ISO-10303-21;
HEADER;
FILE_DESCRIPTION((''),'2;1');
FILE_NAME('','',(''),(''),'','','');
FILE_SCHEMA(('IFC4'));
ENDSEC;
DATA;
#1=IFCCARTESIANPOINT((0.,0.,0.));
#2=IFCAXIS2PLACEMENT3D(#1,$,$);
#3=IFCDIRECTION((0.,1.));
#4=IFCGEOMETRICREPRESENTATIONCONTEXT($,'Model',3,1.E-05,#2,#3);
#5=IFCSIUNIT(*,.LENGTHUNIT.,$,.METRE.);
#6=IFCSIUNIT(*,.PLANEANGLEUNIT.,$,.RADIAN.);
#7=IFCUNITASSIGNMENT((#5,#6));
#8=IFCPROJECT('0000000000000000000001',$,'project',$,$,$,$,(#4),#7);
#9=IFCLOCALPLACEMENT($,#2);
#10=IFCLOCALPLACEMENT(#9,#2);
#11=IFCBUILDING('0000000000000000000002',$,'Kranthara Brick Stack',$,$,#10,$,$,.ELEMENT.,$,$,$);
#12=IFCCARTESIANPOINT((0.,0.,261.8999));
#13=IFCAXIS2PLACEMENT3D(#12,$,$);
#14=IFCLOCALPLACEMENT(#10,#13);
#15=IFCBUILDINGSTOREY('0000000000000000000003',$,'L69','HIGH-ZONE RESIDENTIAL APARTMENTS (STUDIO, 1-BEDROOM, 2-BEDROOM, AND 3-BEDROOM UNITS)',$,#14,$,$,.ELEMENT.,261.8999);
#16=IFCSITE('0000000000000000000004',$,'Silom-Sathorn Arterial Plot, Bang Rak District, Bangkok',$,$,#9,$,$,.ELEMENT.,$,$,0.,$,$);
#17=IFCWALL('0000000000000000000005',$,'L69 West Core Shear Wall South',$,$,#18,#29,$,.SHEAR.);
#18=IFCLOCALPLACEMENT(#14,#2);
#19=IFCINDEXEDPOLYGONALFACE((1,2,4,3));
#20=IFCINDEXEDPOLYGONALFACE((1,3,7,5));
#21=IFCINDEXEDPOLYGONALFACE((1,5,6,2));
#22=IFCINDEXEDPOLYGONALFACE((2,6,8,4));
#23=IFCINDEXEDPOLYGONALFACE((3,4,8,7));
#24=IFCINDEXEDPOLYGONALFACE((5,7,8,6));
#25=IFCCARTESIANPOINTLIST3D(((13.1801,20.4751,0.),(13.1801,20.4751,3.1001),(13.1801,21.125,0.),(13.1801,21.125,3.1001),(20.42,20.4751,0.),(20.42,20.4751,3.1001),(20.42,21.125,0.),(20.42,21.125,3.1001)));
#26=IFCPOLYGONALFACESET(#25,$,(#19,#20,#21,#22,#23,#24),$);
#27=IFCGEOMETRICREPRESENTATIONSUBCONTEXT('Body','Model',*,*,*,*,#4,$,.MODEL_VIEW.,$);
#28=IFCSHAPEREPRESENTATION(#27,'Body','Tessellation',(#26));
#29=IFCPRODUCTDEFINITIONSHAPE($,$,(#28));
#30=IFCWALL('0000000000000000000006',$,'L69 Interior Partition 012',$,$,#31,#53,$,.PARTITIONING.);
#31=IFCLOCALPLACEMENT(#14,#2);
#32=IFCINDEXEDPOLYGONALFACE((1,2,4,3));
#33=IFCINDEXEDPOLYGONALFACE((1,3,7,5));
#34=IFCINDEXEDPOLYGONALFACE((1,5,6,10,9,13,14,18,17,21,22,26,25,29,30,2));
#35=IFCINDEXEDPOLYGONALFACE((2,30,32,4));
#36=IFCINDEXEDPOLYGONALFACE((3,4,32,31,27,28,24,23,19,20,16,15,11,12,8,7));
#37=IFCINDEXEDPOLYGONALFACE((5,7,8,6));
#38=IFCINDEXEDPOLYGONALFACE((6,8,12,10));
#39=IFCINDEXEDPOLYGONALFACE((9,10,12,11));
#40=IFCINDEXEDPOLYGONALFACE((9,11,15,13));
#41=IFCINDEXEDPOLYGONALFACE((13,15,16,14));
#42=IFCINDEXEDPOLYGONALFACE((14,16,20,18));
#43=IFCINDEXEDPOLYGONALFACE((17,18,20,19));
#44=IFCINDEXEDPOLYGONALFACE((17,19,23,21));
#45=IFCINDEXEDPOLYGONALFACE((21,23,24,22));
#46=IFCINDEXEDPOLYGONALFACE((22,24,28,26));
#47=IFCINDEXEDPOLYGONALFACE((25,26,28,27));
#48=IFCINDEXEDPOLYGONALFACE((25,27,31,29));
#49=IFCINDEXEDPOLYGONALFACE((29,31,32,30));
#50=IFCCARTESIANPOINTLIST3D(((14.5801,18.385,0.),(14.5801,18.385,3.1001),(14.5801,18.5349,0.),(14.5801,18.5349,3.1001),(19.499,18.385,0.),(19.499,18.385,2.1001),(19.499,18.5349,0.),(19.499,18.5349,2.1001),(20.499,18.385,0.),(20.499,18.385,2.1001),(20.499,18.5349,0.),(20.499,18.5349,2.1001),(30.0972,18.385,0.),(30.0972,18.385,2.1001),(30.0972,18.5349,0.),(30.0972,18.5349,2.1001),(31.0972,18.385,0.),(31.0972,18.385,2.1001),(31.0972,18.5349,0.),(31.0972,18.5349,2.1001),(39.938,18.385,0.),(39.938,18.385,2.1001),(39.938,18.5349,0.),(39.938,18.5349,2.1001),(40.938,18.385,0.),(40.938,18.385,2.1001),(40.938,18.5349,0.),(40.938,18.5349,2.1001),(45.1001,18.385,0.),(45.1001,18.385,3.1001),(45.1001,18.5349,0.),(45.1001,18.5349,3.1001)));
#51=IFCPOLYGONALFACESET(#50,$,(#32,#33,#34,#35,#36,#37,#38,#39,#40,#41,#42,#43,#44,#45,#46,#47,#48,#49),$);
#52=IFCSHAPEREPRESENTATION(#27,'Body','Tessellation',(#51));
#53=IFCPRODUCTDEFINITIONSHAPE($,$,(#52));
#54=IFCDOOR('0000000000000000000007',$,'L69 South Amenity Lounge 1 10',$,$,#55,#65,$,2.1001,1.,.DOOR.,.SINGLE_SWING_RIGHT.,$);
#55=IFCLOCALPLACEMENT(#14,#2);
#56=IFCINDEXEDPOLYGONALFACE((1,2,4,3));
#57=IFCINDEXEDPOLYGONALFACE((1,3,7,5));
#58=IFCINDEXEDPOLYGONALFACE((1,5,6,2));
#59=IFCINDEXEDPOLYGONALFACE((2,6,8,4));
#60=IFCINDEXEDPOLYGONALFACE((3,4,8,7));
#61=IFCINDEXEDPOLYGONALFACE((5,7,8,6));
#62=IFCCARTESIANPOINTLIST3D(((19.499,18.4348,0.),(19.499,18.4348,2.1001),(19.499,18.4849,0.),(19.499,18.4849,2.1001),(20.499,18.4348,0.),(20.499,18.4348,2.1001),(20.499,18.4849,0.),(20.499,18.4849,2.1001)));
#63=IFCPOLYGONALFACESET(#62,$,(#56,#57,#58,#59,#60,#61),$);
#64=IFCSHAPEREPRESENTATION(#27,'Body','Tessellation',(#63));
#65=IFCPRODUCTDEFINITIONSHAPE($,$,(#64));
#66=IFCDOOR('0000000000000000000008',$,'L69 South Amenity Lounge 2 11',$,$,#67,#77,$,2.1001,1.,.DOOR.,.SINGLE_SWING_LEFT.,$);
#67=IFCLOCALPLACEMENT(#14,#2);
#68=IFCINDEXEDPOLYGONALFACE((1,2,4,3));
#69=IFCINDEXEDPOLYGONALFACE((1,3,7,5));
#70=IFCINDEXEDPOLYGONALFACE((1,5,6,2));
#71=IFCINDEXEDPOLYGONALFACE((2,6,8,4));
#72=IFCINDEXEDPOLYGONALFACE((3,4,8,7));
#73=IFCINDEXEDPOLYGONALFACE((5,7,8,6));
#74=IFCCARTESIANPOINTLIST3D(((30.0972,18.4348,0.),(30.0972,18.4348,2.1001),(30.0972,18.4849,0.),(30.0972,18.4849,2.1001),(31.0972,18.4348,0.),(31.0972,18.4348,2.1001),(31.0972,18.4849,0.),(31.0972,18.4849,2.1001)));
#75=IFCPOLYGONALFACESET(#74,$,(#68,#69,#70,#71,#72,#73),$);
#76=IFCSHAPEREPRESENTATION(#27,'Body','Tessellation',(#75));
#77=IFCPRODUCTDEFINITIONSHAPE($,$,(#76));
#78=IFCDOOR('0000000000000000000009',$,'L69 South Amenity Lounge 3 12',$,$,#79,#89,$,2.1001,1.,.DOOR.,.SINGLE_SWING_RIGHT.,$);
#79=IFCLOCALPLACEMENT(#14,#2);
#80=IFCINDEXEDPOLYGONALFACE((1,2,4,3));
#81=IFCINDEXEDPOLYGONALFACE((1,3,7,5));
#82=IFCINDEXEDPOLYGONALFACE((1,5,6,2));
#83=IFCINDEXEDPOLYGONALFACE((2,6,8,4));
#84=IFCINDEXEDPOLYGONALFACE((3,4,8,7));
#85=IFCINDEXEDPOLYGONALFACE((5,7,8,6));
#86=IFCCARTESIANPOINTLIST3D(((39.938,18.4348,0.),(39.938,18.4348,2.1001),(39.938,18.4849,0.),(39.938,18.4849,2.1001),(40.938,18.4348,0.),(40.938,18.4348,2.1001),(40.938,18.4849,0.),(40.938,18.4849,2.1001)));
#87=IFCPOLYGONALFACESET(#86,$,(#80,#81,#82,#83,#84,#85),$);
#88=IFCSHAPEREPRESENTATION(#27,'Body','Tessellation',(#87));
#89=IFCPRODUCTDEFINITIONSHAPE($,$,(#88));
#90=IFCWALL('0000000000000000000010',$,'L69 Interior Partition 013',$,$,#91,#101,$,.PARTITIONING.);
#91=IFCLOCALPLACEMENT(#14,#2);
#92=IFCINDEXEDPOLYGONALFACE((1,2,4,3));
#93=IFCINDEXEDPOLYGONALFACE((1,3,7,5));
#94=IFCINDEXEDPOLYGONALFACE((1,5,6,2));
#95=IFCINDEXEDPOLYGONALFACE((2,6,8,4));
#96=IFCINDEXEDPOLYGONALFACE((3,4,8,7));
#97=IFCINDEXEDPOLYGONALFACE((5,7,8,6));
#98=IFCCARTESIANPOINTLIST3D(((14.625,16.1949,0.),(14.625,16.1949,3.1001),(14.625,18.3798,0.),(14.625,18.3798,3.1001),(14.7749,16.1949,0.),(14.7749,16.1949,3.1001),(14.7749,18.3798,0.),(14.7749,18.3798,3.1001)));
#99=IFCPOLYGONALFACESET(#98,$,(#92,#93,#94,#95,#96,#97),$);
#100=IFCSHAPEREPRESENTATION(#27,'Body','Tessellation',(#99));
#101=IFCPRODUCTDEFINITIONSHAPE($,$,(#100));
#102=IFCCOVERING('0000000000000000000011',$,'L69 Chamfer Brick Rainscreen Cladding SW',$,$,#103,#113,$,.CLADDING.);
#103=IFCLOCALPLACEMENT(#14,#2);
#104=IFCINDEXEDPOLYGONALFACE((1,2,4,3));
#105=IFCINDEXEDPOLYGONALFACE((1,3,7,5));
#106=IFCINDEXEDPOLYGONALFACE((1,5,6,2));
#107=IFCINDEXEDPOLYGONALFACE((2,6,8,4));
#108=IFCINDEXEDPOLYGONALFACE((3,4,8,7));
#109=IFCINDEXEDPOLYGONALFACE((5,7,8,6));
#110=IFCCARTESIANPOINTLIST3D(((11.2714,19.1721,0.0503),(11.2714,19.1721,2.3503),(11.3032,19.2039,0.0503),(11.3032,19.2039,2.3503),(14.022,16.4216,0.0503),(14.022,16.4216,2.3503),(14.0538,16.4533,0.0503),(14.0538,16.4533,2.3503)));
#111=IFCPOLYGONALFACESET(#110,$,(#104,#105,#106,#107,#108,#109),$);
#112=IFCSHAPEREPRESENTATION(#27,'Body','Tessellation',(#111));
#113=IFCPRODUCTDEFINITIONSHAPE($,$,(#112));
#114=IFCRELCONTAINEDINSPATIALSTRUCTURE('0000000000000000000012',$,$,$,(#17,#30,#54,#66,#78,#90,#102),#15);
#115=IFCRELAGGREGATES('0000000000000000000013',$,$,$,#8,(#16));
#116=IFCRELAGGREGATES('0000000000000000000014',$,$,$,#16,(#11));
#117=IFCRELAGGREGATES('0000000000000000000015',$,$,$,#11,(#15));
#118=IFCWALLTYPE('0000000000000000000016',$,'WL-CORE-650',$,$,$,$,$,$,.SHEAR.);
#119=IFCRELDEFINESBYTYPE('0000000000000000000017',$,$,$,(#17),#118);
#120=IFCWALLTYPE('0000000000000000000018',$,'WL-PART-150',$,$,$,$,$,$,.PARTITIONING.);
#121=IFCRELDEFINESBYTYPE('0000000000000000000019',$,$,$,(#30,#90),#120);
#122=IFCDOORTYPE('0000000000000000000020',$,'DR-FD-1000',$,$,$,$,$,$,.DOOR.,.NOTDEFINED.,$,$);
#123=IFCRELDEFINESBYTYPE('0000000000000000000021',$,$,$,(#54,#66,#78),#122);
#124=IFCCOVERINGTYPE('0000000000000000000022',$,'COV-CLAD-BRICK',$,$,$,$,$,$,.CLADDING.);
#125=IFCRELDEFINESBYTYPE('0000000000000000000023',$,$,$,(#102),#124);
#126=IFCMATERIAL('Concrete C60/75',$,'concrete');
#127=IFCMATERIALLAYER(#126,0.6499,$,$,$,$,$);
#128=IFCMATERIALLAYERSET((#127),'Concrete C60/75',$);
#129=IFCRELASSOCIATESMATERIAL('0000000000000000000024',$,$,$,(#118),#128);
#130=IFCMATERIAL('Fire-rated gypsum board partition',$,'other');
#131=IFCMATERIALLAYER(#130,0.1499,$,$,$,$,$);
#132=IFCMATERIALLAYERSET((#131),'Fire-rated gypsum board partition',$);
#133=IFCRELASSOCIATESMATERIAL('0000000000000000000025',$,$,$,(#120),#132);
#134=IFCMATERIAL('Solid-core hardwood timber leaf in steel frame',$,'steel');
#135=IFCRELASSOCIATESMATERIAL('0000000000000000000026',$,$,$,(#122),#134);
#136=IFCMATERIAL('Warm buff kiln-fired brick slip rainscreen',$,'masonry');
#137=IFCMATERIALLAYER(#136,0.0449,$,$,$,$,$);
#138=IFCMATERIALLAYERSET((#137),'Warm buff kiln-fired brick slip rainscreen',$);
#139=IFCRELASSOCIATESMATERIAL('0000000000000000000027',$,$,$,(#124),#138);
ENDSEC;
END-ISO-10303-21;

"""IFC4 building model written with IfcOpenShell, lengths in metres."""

from ifc_helpers import new_model, si_unit, direction, frame, frame_2d, origin, origin_2d, place, context, subcontext, project, spatial, rectangle, extrude, material, layer, layer_set, type_object, element, fill, save


model = new_model("IFC4")

# Units and contexts
model_context = context("Model", 3, precision=1e-05, world=origin(), true_north=direction((0.0, 1.0)))
body_context = subcontext(model_context, "Body", "Model", "MODEL_VIEW")
ifc_project = project(units=[si_unit("LENGTHUNIT", "METRE"), si_unit("PLANEANGLEUNIT", "RADIAN")], contexts=[model_context])

# Site, building, storey
site_placement = place(None, origin())
site = spatial("IfcSite", under=ifc_project, at=site_placement, Name="Silom-Sathorn Arterial Plot, Bang Rak District, Bangkok", CompositionType="ELEMENT", RefElevation=0.0)
building_placement = place(site_placement, origin())
building = spatial("IfcBuilding", under=site, at=building_placement, Name="Kranthara Brick Stack", CompositionType="ELEMENT")
storey_placement = place(building_placement, frame((0.0, 0.0, 261.8999)))
storey = spatial("IfcBuildingStorey", under=building, at=storey_placement, Name="L69", Description="HIGH-ZONE RESIDENTIAL APARTMENTS (STUDIO, 1-BEDROOM, 2-BEDROOM, AND 3-BEDROOM UNITS)", CompositionType="ELEMENT", Elevation=261.8999)

# Wall
ifc_material_1 = material(Name="Concrete C60/75", Category="concrete")
ifc_layer_1 = layer(ifc_material_1, 0.6499)
ifc_layer_set_1 = layer_set([ifc_layer_1], Name="Concrete C60/75")
wall_type_1 = type_object("IfcWallType", Name="WL-CORE-650", PredefinedType="SHEAR", material=ifc_layer_set_1)
wall_1_placement = place(storey_placement, frame((13.1799, 20.8, 0.0), z_axis=(0.0, 0.0, 1.0), x_axis=(1.0, 0.0, 0.0)))
element("IfcWall", 1, at=wall_1_placement, inside=storey, type_object=wall_type_1, Name="L69 West Core Shear Wall South", PredefinedType="SHEAR", context=body_context, shape_type="SweptSolid", body=[
    extrude(rectangle(XDim=7.24, YDim=0.6499, at=frame_2d((3.6201, 0.0))), origin(), (0.0, 0.0, 1.0), 3.1001),
])

# Wall, openings, doors
ifc_material_2 = material(Name="Fire-rated gypsum board partition", Category="other")
ifc_layer_2 = layer(ifc_material_2, 0.1499)
ifc_layer_set_2 = layer_set([ifc_layer_2], Name="Fire-rated gypsum board partition")
wall_type_2 = type_object("IfcWallType", Name="WL-PART-150", PredefinedType="PARTITIONING", material=ifc_layer_set_2)
wall_2_placement = place(storey_placement, frame((14.5801, 18.46, 0.0), z_axis=(0.0, 0.0, 1.0), x_axis=(1.0, 0.0, 0.0)))
wall_2 = element("IfcWall", 2, at=wall_2_placement, inside=storey, type_object=wall_type_2, Name="L69 Interior Partition 012", PredefinedType="PARTITIONING", context=body_context, shape_type="SweptSolid", body=[
    extrude(rectangle(XDim=30.52, YDim=0.1499, at=frame_2d((15.26, 0.0))), origin(), (0.0, 0.0, 1.0), 3.1001),
])
opening_1_placement = place(wall_2_placement, frame((4.9189, 0.0, 0.0)))
opening_1 = element("IfcOpeningElement", 3, at=opening_1_placement, cuts=wall_2, PredefinedType="OPENING", context=body_context, shape_type="SweptSolid", body=[
    extrude(rectangle(XDim=1.0, YDim=2.1001, at=frame_2d((0.5, 1.05))), frame((0.0, 0.085, 0.0), z_axis=(0.0, -1.0, 0.0), x_axis=(1.0, 0.0, 0.0)), (0.0, 0.0, 1.0), 0.1699),
])
opening_2_placement = place(wall_2_placement, frame((15.5171, 0.0, 0.0)))
opening_2 = element("IfcOpeningElement", 4, at=opening_2_placement, cuts=wall_2, PredefinedType="OPENING", context=body_context, shape_type="SweptSolid", body=[
    extrude(rectangle(XDim=1.0, YDim=2.1001, at=frame_2d((0.5, 1.05))), frame((0.0, 0.085, 0.0), z_axis=(0.0, -1.0, 0.0), x_axis=(1.0, 0.0, 0.0)), (0.0, 0.0, 1.0), 0.1699),
])
opening_3_placement = place(wall_2_placement, frame((25.3579, 0.0, 0.0)))
opening_3 = element("IfcOpeningElement", 5, at=opening_3_placement, cuts=wall_2, PredefinedType="OPENING", context=body_context, shape_type="SweptSolid", body=[
    extrude(rectangle(XDim=1.0, YDim=2.1001, at=frame_2d((0.5, 1.05))), frame((0.0, 0.085, 0.0), z_axis=(0.0, -1.0, 0.0), x_axis=(1.0, 0.0, 0.0)), (0.0, 0.0, 1.0), 0.1699),
])
ifc_material_3 = material(Name="Solid-core hardwood timber leaf in steel frame", Category="steel")
door_type_1 = type_object("IfcDoorType", Name="DR-FD-1000", OperationType="NOTDEFINED", PredefinedType="DOOR", material=ifc_material_3)
door_1_placement = place(opening_1_placement, origin())
door_1 = element("IfcDoor", 6, at=door_1_placement, inside=storey, type_object=door_type_1, Name="L69 South Amenity Lounge 1 10", OperationType="SINGLE_SWING_RIGHT", OverallHeight=2.1001, OverallWidth=1.0, PredefinedType="DOOR", context=body_context, shape_type="SweptSolid", body=[
    extrude(rectangle(XDim=1.0, YDim=2.1001, at=frame_2d((0.5, 1.05))), frame((0.0, 0.0249, 0.0), z_axis=(0.0, -1.0, 0.0), x_axis=(1.0, 0.0, 0.0)), (0.0, 0.0, 1.0), 0.05),
])
fill(opening_1, door_1)
door_2_placement = place(opening_2_placement, origin())
door_2 = element("IfcDoor", 7, at=door_2_placement, inside=storey, type_object=door_type_1, Name="L69 South Amenity Lounge 2 11", OperationType="SINGLE_SWING_LEFT", OverallHeight=2.1001, OverallWidth=1.0, PredefinedType="DOOR", context=body_context, shape_type="SweptSolid", body=[
    extrude(rectangle(XDim=1.0, YDim=2.1001, at=frame_2d((0.5, 1.05))), frame((0.0, 0.0249, 0.0), z_axis=(0.0, -1.0, 0.0), x_axis=(1.0, 0.0, 0.0)), (0.0, 0.0, 1.0), 0.05),
])
fill(opening_2, door_2)
door_3_placement = place(opening_3_placement, origin())
door_3 = element("IfcDoor", 8, at=door_3_placement, inside=storey, type_object=door_type_1, Name="L69 South Amenity Lounge 3 12", OperationType="SINGLE_SWING_RIGHT", OverallHeight=2.1001, OverallWidth=1.0, PredefinedType="DOOR", context=body_context, shape_type="SweptSolid", body=[
    extrude(rectangle(XDim=1.0, YDim=2.1001, at=frame_2d((0.5, 1.05))), frame((0.0, 0.0249, 0.0), z_axis=(0.0, -1.0, 0.0), x_axis=(1.0, 0.0, 0.0)), (0.0, 0.0, 1.0), 0.05),
])
fill(opening_3, door_3)

# Wall
wall_3_placement = place(storey_placement, frame((14.7, 16.1951, 0.0), z_axis=(0.0, 0.0, 1.0), x_axis=(0.0, 1.0, 0.0)))
element("IfcWall", 9, at=wall_3_placement, inside=storey, type_object=wall_type_2, Name="L69 Interior Partition 013", PredefinedType="PARTITIONING", context=body_context, shape_type="SweptSolid", body=[
    extrude(rectangle(XDim=2.1848, YDim=0.1499, at=frame_2d((1.0923, 0.0))), origin(), (0.0, 0.0, 1.0), 3.1001),
])

# Covering
ifc_material_4 = material(Name="Warm buff kiln-fired brick slip rainscreen", Category="masonry")
ifc_layer_3 = layer(ifc_material_4, 0.0449)
ifc_layer_set_3 = layer_set([ifc_layer_3], Name="Warm buff kiln-fired brick slip rainscreen")
covering_type = type_object("IfcCoveringType", Name="COV-CLAD-BRICK", PredefinedType="CLADDING", material=ifc_layer_set_3)
covering_placement = place(storey_placement, frame((12.6626, 17.8127, 0.0503), z_axis=(0.0, 0.0, 1.0), x_axis=(-0.707107, 0.707107, 0.0)))
element("IfcCovering", 10, at=covering_placement, inside=storey, type_object=covering_type, Name="L69 Chamfer Brick Rainscreen Cladding SW", PredefinedType="CLADDING", context=body_context, shape_type="SweptSolid", body=[
    extrude(rectangle(XDim=3.8899, YDim=0.0449, at=origin_2d()), origin(), (0.0, 0.0, 1.0), 2.3),
])

save(model, "model.ifc")
